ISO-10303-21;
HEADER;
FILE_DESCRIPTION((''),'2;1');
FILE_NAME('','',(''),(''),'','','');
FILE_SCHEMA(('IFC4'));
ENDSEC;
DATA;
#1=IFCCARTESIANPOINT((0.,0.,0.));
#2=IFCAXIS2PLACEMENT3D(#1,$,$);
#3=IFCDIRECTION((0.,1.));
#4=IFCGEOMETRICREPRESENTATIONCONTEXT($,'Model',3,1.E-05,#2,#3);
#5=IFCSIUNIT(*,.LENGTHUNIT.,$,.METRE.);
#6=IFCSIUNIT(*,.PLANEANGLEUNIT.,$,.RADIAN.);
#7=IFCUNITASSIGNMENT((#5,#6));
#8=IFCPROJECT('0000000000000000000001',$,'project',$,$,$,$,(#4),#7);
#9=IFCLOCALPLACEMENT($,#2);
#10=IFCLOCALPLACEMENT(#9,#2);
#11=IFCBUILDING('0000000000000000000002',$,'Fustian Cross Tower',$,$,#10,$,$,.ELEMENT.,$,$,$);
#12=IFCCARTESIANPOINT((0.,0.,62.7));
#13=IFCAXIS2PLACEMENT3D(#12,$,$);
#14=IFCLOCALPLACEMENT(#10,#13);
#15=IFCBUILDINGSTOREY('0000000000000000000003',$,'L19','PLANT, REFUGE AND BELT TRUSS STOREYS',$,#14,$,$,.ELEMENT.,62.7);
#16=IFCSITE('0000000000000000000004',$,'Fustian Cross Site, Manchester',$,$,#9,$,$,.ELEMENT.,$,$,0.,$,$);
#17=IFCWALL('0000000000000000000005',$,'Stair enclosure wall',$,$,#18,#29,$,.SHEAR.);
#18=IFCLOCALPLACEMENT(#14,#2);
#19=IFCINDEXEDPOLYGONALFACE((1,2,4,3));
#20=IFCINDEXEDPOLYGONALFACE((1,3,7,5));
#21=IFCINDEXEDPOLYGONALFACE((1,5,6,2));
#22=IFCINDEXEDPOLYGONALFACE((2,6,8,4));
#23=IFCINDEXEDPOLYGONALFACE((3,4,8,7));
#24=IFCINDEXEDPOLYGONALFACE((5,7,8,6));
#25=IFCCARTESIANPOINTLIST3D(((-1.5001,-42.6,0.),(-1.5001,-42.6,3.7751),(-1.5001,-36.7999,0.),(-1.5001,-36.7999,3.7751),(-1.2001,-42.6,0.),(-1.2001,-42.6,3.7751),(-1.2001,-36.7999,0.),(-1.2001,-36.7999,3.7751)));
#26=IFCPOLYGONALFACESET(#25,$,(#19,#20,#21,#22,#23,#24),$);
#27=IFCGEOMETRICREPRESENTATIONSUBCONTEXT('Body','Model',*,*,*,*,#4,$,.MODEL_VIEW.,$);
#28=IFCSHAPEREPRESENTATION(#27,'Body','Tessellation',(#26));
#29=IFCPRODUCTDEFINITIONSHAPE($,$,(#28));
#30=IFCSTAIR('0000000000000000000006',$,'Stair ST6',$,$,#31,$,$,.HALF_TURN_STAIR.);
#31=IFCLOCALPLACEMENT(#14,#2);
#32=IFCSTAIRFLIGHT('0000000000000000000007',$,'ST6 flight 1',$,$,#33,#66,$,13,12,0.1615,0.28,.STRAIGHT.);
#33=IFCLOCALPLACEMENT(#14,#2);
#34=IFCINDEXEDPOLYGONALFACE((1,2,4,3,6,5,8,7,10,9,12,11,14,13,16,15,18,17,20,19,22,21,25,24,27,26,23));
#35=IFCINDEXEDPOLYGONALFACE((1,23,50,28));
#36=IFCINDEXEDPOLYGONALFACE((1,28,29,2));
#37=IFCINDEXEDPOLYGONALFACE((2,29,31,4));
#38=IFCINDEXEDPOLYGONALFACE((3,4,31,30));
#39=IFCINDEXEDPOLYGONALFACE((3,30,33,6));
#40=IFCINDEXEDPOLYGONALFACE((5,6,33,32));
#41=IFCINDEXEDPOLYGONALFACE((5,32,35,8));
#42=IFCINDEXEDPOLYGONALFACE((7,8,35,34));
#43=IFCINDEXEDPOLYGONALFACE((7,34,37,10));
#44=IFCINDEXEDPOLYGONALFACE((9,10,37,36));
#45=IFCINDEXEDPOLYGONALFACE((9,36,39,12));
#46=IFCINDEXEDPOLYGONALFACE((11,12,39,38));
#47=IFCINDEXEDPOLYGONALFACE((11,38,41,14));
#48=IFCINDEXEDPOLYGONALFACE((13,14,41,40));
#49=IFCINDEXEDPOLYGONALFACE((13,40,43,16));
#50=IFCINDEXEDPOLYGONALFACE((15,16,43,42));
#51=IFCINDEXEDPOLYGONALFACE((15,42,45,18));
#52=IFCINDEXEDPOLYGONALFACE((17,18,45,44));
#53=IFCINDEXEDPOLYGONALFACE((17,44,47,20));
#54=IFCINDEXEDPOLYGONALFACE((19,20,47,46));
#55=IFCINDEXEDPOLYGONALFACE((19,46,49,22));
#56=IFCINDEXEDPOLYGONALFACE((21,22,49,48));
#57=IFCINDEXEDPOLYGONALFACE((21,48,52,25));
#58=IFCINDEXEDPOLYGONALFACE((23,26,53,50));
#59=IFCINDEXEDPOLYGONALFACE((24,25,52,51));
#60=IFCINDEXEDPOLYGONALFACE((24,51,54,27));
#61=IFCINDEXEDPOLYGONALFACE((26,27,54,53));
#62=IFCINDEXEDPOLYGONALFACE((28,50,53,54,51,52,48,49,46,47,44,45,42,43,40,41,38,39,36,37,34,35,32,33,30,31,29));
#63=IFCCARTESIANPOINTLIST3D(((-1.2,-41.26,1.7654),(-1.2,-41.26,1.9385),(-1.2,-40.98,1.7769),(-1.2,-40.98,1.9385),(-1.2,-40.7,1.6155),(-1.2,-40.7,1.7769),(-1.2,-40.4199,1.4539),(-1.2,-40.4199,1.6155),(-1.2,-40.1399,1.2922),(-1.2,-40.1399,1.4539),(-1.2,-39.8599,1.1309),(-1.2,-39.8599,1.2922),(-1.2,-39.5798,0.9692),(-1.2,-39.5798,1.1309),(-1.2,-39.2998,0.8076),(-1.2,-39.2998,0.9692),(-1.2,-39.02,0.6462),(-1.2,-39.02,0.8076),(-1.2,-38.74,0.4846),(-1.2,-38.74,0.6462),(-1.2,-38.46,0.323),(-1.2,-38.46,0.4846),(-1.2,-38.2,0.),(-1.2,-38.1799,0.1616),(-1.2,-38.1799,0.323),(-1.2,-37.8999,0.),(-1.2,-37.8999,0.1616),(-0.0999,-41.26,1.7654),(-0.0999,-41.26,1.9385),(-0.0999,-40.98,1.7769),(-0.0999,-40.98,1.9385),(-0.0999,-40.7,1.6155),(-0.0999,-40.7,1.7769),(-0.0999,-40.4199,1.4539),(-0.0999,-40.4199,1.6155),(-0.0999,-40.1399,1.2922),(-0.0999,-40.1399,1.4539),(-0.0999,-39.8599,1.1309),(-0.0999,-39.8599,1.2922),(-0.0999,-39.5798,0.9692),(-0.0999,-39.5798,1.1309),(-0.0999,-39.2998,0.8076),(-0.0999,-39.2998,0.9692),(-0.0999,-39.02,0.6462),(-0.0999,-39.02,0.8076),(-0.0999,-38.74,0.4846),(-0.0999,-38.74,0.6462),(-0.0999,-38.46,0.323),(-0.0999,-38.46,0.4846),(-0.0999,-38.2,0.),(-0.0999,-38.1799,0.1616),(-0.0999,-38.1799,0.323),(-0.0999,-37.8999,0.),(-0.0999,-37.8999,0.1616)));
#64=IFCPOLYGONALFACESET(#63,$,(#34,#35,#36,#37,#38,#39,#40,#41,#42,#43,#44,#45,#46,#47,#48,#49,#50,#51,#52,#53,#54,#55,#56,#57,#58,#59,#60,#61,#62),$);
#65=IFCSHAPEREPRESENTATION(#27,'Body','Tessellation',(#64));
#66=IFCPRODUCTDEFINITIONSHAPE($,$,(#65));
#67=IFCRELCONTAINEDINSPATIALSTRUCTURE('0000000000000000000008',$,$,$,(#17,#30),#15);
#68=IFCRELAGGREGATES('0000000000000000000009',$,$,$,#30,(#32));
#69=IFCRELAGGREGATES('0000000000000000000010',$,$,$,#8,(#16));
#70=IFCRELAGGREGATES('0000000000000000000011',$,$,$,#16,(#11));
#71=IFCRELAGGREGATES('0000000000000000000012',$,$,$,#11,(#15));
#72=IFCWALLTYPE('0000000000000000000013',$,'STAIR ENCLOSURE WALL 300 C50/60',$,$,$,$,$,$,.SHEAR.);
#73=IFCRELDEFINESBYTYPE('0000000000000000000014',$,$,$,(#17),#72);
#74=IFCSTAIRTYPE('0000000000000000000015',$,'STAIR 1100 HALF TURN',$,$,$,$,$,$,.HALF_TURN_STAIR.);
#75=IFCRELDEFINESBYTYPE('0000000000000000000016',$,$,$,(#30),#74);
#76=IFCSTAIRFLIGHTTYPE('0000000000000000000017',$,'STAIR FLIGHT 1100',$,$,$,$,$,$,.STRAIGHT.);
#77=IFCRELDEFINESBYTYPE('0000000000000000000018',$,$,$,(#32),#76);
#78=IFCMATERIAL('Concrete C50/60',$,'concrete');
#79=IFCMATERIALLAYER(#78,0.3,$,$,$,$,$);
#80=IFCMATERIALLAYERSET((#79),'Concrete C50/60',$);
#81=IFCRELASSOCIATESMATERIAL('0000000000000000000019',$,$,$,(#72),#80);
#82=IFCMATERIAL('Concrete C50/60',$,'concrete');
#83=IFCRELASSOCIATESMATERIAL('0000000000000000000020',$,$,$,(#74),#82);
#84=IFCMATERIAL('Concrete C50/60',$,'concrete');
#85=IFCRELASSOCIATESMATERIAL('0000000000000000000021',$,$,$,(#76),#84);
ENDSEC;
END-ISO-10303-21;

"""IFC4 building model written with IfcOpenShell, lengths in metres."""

from ifc_helpers import new_model, si_unit, direction, frame, frame_2d, origin, place, context, subcontext, project, spatial, polyline, rectangle, outline, extrude, material, layer, layer_set, type_object, element, aggregate, save


model = new_model("IFC4")

# Units and contexts
model_context = context("Model", 3, precision=1e-05, world=origin(), true_north=direction((0.0, 1.0)))
body_context = subcontext(model_context, "Body", "Model", "MODEL_VIEW")
ifc_project = project(units=[si_unit("LENGTHUNIT", "METRE"), si_unit("PLANEANGLEUNIT", "RADIAN")], contexts=[model_context])

# Site, building, storey
site_placement = place(None, origin())
site = spatial("IfcSite", under=ifc_project, at=site_placement, Name="Fustian Cross Site, Manchester", CompositionType="ELEMENT", RefElevation=0.0)
building_placement = place(site_placement, origin())
building = spatial("IfcBuilding", under=site, at=building_placement, Name="Fustian Cross Tower", CompositionType="ELEMENT")
storey_placement = place(building_placement, frame((0.0, 0.0, 62.7)))
storey = spatial("IfcBuildingStorey", under=building, at=storey_placement, Name="L19", Description="PLANT, REFUGE AND BELT TRUSS STOREYS", CompositionType="ELEMENT", Elevation=62.7)

# Shared definitions
ifc_material_1 = material(Name="Concrete C50/60", Category="concrete")
ifc_layer_1 = layer(ifc_material_1, 0.3)
ifc_layer_set_1 = layer_set([ifc_layer_1], Name="Concrete C50/60")
wall_type_1 = type_object("IfcWallType", Name="STAIR ENCLOSURE WALL 300 C50/60", PredefinedType="SHEAR", material=ifc_layer_set_1)

# Wall
wall_1_placement = place(storey_placement, frame((-1.3501, -36.8, 0.0), z_axis=(0.0, 0.0, 1.0), x_axis=(0.0, -1.0, 0.0)))
element("IfcWall", 1, at=wall_1_placement, inside=storey, type_object=wall_type_1, Name="Stair enclosure wall", PredefinedType="SHEAR", context=body_context, shape_type="SweptSolid", body=[
    extrude(rectangle(XDim=5.8, YDim=0.3, at=frame_2d((2.8999, 0.0))), origin(), (0.0, 0.0, 1.0), 3.7751),
])

# Stair, stair flight
ifc_material_2 = material(Name="Concrete C50/60", Category="concrete")
stair_type = type_object("IfcStairType", Name="STAIR 1100 HALF TURN", PredefinedType="HALF_TURN_STAIR", material=ifc_material_2)
stair_placement = place(storey_placement, origin())
stair = element("IfcStair", 2, at=stair_placement, inside=storey, type_object=stair_type, Name="Stair ST6", PredefinedType="HALF_TURN_STAIR")
ifc_material_3 = material(Name="Concrete C50/60", Category="concrete")
stair_flight_type = type_object("IfcStairFlightType", Name="STAIR FLIGHT 1100", PredefinedType="STRAIGHT", material=ifc_material_3)
stair_flight_placement = place(storey_placement, frame((-0.6499, -37.8999, 0.0), z_axis=(0.0, 0.0, 1.0), x_axis=(0.0, -1.0, 0.0)))
stair_flight = element("IfcStairFlight", 3, at=stair_flight_placement, type_object=stair_flight_type, Name="ST6 flight 1", NumberOfRisers=13, NumberOfTreads=12, PredefinedType="STRAIGHT", RiserHeight=0.1615, TreadLength=0.28, context=body_context, shape_type="SweptSolid", body=[
    extrude(outline(polyline([(0.0, 0.0), (0.0, 0.1616), (0.28, 0.1616), (0.28, 0.323), (0.5601, 0.323), (0.5601, 0.4846), (0.8401, 0.4846), (0.8401, 0.6462), (1.1201, 0.6462), (1.1201, 0.8076), (1.3999, 0.8076), (1.3999, 0.9692), (1.6799, 0.9692), (1.6799, 1.1309), (1.96, 1.1309), (1.96, 1.2922), (2.24, 1.2922), (2.24, 1.4539), (2.52, 1.4539), (2.52, 1.6155), (2.8, 1.6155), (2.8, 1.7769), (3.0801, 1.7769), (3.0801, 1.9385), (3.3601, 1.9385), (3.3601, 2.1001), (3.3601, 1.7654), (0.3, 0.0), (0.0, 0.0)])), frame((0.0, 0.55, 0.0), z_axis=(0.0, -1.0, 0.0), x_axis=(1.0, 0.0, 0.0)), (0.0, 0.0, 1.0), 1.1001),
])
aggregate(stair, [stair_flight])

save(model, "model.ifc")
